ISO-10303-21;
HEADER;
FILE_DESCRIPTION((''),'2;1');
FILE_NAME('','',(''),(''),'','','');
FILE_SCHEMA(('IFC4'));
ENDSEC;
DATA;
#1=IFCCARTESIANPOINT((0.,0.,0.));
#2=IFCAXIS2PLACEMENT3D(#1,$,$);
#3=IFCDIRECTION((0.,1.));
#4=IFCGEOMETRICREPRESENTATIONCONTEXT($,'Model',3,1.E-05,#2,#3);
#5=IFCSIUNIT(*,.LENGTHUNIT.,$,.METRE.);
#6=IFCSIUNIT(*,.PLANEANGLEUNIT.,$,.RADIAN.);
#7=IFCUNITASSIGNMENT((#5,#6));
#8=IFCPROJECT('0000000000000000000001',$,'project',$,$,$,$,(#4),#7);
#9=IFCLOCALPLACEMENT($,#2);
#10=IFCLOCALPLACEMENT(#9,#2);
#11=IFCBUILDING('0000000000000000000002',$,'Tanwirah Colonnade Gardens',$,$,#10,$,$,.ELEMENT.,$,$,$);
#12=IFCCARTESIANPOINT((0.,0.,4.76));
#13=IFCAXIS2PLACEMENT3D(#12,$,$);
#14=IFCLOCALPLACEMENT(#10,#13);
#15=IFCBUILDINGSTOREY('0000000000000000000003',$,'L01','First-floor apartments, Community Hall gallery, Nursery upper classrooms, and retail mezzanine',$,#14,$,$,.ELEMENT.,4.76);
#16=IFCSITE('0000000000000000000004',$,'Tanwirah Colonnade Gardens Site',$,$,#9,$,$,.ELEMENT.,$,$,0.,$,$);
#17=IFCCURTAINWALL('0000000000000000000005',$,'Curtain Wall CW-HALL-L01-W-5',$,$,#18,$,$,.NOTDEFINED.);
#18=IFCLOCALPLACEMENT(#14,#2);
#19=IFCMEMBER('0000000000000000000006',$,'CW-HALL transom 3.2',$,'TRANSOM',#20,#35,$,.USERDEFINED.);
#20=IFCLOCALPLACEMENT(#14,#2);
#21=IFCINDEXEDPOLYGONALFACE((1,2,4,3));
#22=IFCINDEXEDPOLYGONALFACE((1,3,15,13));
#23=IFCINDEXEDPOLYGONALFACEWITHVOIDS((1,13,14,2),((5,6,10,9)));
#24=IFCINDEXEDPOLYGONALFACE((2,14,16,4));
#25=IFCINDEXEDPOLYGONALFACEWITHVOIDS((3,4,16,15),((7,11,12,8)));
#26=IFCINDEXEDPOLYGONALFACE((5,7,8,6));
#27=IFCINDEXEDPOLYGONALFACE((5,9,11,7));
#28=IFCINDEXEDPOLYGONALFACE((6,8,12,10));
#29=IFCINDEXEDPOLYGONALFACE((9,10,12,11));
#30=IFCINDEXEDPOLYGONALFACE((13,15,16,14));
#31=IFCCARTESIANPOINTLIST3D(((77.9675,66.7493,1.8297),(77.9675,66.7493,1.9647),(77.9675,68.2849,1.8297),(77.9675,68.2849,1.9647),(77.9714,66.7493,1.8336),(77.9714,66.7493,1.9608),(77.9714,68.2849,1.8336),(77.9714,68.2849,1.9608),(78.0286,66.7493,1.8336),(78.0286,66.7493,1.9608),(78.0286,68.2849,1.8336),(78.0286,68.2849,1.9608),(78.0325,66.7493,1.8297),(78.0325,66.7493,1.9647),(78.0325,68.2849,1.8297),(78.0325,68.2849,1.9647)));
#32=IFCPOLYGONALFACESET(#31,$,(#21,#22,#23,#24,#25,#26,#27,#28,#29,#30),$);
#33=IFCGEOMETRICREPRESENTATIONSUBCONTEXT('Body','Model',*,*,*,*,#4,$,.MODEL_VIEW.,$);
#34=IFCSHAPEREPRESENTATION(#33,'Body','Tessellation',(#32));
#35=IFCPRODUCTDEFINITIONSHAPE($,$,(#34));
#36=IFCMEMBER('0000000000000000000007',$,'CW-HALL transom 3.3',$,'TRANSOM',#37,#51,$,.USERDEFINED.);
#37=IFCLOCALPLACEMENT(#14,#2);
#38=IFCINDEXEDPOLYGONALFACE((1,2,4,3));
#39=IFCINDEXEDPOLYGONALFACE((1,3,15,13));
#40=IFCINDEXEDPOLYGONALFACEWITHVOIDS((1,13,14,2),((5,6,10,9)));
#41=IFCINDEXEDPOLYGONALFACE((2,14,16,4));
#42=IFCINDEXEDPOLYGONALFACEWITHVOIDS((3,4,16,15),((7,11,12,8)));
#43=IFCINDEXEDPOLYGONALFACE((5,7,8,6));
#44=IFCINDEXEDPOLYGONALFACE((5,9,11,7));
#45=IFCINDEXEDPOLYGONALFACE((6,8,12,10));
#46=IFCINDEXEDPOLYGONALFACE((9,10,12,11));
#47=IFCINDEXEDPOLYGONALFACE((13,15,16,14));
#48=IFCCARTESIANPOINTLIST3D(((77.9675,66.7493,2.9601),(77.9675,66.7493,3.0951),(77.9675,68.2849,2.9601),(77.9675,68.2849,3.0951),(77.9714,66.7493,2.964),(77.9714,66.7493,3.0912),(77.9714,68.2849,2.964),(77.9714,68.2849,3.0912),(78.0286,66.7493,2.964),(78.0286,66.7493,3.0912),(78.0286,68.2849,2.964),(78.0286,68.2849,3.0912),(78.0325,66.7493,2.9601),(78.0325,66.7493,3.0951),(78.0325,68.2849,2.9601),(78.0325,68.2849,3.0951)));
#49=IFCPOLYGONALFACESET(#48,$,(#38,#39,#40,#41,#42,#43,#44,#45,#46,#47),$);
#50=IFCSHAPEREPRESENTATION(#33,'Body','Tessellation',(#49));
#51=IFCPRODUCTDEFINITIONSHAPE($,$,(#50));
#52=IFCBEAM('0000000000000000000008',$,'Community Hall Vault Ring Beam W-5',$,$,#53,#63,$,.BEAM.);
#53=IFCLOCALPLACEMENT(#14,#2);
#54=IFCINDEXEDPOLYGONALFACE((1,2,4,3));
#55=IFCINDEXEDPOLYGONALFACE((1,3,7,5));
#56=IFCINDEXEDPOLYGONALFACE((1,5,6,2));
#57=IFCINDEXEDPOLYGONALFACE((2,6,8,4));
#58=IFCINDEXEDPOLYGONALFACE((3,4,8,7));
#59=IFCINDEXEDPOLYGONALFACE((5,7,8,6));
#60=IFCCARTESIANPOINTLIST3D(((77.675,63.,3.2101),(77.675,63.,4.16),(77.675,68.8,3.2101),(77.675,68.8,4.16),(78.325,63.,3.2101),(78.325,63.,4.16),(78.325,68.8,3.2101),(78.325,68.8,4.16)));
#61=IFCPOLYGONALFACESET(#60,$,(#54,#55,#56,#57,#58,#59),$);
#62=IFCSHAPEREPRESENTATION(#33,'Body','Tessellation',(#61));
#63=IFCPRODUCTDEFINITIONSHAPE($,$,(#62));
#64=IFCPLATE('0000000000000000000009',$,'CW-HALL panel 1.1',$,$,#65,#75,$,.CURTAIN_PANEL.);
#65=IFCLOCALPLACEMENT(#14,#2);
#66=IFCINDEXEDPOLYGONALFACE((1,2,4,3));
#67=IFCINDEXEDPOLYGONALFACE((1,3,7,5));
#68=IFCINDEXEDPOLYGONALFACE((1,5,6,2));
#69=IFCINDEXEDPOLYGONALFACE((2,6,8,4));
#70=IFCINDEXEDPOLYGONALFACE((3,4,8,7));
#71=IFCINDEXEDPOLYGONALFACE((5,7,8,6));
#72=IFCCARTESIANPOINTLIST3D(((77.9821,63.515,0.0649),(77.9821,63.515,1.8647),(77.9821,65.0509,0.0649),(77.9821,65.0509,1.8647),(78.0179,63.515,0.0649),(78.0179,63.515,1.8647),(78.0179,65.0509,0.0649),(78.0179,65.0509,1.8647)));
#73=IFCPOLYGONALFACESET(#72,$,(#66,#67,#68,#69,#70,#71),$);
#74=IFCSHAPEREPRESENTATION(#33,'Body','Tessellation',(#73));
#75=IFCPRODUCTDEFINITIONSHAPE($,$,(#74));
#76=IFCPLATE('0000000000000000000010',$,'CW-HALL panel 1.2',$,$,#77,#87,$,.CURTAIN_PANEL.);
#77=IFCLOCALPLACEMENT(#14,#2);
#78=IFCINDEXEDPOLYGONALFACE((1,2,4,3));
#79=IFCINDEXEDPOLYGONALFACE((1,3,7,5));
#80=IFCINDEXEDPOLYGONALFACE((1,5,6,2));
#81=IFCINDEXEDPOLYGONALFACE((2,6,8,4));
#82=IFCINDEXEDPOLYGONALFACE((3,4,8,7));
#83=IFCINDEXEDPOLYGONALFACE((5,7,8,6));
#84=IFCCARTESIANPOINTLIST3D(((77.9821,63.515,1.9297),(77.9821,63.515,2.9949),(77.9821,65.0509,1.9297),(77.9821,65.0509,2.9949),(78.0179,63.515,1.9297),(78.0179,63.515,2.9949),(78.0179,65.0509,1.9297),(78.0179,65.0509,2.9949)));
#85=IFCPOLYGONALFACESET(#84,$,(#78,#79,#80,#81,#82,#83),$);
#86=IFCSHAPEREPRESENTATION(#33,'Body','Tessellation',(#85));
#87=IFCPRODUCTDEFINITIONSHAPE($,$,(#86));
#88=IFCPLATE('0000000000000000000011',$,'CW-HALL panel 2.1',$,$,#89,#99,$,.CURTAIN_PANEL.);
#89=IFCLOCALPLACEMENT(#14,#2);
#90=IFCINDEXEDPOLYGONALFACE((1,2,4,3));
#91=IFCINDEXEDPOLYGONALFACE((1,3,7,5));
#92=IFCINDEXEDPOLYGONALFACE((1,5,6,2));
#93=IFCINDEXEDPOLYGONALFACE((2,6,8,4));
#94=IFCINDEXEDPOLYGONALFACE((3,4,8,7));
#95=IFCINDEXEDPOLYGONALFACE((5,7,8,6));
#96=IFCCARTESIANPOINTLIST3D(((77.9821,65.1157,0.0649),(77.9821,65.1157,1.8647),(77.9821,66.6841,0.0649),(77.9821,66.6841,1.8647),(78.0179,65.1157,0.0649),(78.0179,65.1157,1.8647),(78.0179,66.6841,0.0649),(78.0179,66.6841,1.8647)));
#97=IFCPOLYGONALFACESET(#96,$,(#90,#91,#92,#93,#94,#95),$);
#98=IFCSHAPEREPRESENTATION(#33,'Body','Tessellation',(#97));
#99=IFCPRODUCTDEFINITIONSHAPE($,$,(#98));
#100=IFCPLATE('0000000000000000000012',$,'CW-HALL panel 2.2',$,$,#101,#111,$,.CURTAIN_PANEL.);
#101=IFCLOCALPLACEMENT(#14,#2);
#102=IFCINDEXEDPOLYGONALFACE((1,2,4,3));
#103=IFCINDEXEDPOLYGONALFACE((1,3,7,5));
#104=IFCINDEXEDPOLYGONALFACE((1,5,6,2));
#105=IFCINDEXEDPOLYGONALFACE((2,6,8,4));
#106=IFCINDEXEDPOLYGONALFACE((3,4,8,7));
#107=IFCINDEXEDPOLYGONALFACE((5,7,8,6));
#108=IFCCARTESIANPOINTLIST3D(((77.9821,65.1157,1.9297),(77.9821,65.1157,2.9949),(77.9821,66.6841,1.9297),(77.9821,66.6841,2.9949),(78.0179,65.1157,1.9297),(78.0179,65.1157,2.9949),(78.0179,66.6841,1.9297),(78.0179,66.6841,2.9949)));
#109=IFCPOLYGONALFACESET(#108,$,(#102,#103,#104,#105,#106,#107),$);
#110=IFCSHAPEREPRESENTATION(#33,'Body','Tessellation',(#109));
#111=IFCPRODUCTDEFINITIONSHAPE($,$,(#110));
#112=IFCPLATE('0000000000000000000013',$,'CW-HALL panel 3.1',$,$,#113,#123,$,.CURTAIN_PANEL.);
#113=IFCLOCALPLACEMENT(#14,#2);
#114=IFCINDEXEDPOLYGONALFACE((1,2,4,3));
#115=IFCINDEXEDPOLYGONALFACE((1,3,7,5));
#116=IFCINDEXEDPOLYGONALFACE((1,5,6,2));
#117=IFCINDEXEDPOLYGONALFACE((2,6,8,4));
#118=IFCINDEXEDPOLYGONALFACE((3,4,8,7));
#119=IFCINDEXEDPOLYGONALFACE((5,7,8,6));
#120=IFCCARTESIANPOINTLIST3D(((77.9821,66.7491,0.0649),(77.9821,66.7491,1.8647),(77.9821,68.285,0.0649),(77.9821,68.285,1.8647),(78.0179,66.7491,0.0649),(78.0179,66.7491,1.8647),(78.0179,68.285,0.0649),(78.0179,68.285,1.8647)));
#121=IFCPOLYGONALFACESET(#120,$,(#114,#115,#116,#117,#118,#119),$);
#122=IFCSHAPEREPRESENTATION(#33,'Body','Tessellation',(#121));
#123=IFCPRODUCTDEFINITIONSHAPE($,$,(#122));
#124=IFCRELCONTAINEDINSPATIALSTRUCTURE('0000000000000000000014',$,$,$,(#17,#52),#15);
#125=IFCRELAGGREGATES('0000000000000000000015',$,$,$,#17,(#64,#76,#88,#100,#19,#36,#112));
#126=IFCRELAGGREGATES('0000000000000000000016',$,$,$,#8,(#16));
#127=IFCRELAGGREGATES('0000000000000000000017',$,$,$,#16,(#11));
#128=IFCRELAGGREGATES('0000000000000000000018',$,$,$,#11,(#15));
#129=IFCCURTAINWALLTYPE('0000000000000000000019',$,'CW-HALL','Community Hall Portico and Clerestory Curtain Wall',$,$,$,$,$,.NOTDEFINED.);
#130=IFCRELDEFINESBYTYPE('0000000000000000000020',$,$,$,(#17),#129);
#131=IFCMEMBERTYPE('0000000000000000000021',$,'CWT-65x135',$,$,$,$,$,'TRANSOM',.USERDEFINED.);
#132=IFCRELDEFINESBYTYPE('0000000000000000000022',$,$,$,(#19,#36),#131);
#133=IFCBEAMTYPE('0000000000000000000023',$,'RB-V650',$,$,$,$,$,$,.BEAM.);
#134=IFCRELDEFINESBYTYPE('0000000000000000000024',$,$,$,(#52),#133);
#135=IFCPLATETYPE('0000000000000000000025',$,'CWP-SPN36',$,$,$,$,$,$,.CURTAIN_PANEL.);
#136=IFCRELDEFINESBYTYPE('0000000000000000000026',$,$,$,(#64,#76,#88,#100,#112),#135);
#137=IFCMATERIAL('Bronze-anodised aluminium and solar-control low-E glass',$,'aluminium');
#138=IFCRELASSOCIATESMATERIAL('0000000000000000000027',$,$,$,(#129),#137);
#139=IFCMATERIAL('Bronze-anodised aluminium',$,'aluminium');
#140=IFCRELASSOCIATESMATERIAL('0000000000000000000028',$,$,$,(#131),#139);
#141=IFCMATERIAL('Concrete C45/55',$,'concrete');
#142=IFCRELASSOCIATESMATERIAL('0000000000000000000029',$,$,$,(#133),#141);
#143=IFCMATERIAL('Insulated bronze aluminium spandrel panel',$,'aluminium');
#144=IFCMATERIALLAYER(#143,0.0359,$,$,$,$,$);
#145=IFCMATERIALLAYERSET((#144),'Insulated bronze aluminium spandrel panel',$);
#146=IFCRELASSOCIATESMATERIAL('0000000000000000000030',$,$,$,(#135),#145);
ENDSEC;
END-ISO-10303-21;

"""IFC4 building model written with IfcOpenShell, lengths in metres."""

from ifc_helpers import new_model, si_unit, direction, frame, origin, origin_2d, place, context, subcontext, project, spatial, rectangle, hollow_rectangle, extrude, material, layer, layer_set, material_profile, profile_set, type_object, element, aggregate, save


model = new_model("IFC4")

# Units and contexts
model_context = context("Model", 3, precision=1e-05, world=origin(), true_north=direction((0.0, 1.0)))
body_context = subcontext(model_context, "Body", "Model", "MODEL_VIEW")
ifc_project = project(units=[si_unit("LENGTHUNIT", "METRE"), si_unit("PLANEANGLEUNIT", "RADIAN")], contexts=[model_context])

# Site, building, storey
site_placement = place(None, origin())
site = spatial("IfcSite", under=ifc_project, at=site_placement, Name="Tanwirah Colonnade Gardens Site", CompositionType="ELEMENT", RefElevation=0.0)
building_placement = place(site_placement, origin())
building = spatial("IfcBuilding", under=site, at=building_placement, Name="Tanwirah Colonnade Gardens", CompositionType="ELEMENT")
storey_placement = place(building_placement, frame((0.0, 0.0, 4.76)))
storey = spatial("IfcBuildingStorey", under=building, at=storey_placement, Name="L01", Description="First-floor apartments, Community Hall gallery, Nursery upper classrooms, and retail mezzanine", CompositionType="ELEMENT", Elevation=4.76)

# Shared definitions
ifc_material_1 = material(Name="Concrete C45/55", Category="concrete")

# Curtain wall, members
ifc_material_2 = material(Name="Bronze-anodised aluminium and solar-control low-E glass", Category="aluminium")
curtain_wall_type = type_object("IfcCurtainWallType", Name="CW-HALL", Description="Community Hall Portico and Clerestory Curtain Wall", PredefinedType="NOTDEFINED", material=ifc_material_2)
curtain_wall_placement = place(storey_placement, origin())
curtain_wall = element("IfcCurtainWall", 1, at=curtain_wall_placement, inside=storey, type_object=curtain_wall_type, Name="Curtain Wall CW-HALL-L01-W-5", PredefinedType="NOTDEFINED")
ifc_material_3 = material(Name="Bronze-anodised aluminium", Category="aluminium")
ifc_material_profile_1 = material_profile(ifc_material_3, hollow_rectangle(XDim=0.0649, YDim=0.135, WallThickness=0.0039, at=origin_2d()), Name="CW-TRN 65x135x4")
ifc_profile_set_1 = profile_set([ifc_material_profile_1], Name="Bronze-anodised aluminium")
member_type_1 = type_object("IfcMemberType", Name="CWT-65x135", ElementType="TRANSOM", PredefinedType="USERDEFINED", material=ifc_profile_set_1)
member_1_placement = place(storey_placement, frame((78.0, 66.7493, 1.8972), z_axis=(0.0, 1.0, 0.0), x_axis=(-1.0, 0.0, 0.0)))
member_1 = element("IfcMember", 2, at=member_1_placement, type_object=member_type_1, Name="CW-HALL transom 3.2", ObjectType="TRANSOM", PredefinedType="USERDEFINED", context=body_context, shape_type="SweptSolid", body=[
    extrude(hollow_rectangle(XDim=0.0649, YDim=0.135, WallThickness=0.0039, at=origin_2d()), origin(), (0.0, 0.0, 1.0), 1.5356),
])
member_2_placement = place(storey_placement, frame((78.0, 66.7493, 3.0276), z_axis=(0.0, 1.0, 0.0), x_axis=(-1.0, 0.0, 0.0)))
member_2 = element("IfcMember", 3, at=member_2_placement, type_object=member_type_1, Name="CW-HALL transom 3.3", ObjectType="TRANSOM", PredefinedType="USERDEFINED", context=body_context, shape_type="SweptSolid", body=[
    extrude(hollow_rectangle(XDim=0.0649, YDim=0.135, WallThickness=0.0039, at=origin_2d()), origin(), (0.0, 0.0, 1.0), 1.5356),
])

# Beam
ifc_material_profile_2 = material_profile(ifc_material_1, rectangle(XDim=0.6499, YDim=0.95, at=origin_2d()), Name="RC-RB 650x950")
ifc_profile_set_2 = profile_set([ifc_material_profile_2], Name="Concrete C45/55")
beam_type = type_object("IfcBeamType", Name="RB-V650", PredefinedType="BEAM", material=ifc_profile_set_2)
beam_placement = place(storey_placement, frame((78.0, 63.0, 3.6851), z_axis=(0.0, 1.0, 0.0), x_axis=(-1.0, 0.0, 0.0)))
element("IfcBeam", 4, at=beam_placement, inside=storey, type_object=beam_type, Name="Community Hall Vault Ring Beam W-5", PredefinedType="BEAM", context=body_context, shape_type="SweptSolid", body=[
    extrude(rectangle(XDim=0.6499, YDim=0.95, at=origin_2d()), origin(), (0.0, 0.0, 1.0), 5.8),
])

# Plates
ifc_material_4 = material(Name="Insulated bronze aluminium spandrel panel", Category="aluminium")
ifc_layer = layer(ifc_material_4, 0.0359)
ifc_layer_set = layer_set([ifc_layer], Name="Insulated bronze aluminium spandrel panel")
plate_type = type_object("IfcPlateType", Name="CWP-SPN36", PredefinedType="CURTAIN_PANEL", material=ifc_layer_set)
plate_1_placement = place(storey_placement, frame((78.0, 64.283, 0.0649), z_axis=(0.0, 0.0, 1.0), x_axis=(0.0, 1.0, 0.0)))
plate_1 = element("IfcPlate", 5, at=plate_1_placement, type_object=plate_type, Name="CW-HALL panel 1.1", PredefinedType="CURTAIN_PANEL", context=body_context, shape_type="SweptSolid", body=[
    extrude(rectangle(XDim=1.5359, YDim=0.0359, at=origin_2d()), origin(), (0.0, 0.0, 1.0), 1.7998),
])
plate_2_placement = place(storey_placement, frame((78.0, 64.283, 1.9297), z_axis=(0.0, 0.0, 1.0), x_axis=(0.0, 1.0, 0.0)))
plate_2 = element("IfcPlate", 6, at=plate_2_placement, type_object=plate_type, Name="CW-HALL panel 1.2", PredefinedType="CURTAIN_PANEL", context=body_context, shape_type="SweptSolid", body=[
    extrude(rectangle(XDim=1.5359, YDim=0.0359, at=origin_2d()), origin(), (0.0, 0.0, 1.0), 1.0652),
])
plate_3_placement = place(storey_placement, frame((78.0, 65.8999, 0.0649), z_axis=(0.0, 0.0, 1.0), x_axis=(0.0, 1.0, 0.0)))
plate_3 = element("IfcPlate", 7, at=plate_3_placement, type_object=plate_type, Name="CW-HALL panel 2.1", PredefinedType="CURTAIN_PANEL", context=body_context, shape_type="SweptSolid", body=[
    extrude(rectangle(XDim=1.5684, YDim=0.0359, at=origin_2d()), origin(), (0.0, 0.0, 1.0), 1.7998),
])
plate_4_placement = place(storey_placement, frame((78.0, 65.8999, 1.9297), z_axis=(0.0, 0.0, 1.0), x_axis=(0.0, 1.0, 0.0)))
plate_4 = element("IfcPlate", 8, at=plate_4_placement, type_object=plate_type, Name="CW-HALL panel 2.2", PredefinedType="CURTAIN_PANEL", context=body_context, shape_type="SweptSolid", body=[
    extrude(rectangle(XDim=1.5684, YDim=0.0359, at=origin_2d()), origin(), (0.0, 0.0, 1.0), 1.0652),
])
plate_5_placement = place(storey_placement, frame((78.0, 67.5171, 0.0649), z_axis=(0.0, 0.0, 1.0), x_axis=(0.0, 1.0, 0.0)))
plate_5 = element("IfcPlate", 9, at=plate_5_placement, type_object=plate_type, Name="CW-HALL panel 3.1", PredefinedType="CURTAIN_PANEL", context=body_context, shape_type="SweptSolid", body=[
    extrude(rectangle(XDim=1.5359, YDim=0.0359, at=origin_2d()), origin(), (0.0, 0.0, 1.0), 1.7998),
])
aggregate(curtain_wall, [plate_1, plate_2, plate_3, plate_4, member_1, member_2, plate_5])

save(model, "model.ifc")
